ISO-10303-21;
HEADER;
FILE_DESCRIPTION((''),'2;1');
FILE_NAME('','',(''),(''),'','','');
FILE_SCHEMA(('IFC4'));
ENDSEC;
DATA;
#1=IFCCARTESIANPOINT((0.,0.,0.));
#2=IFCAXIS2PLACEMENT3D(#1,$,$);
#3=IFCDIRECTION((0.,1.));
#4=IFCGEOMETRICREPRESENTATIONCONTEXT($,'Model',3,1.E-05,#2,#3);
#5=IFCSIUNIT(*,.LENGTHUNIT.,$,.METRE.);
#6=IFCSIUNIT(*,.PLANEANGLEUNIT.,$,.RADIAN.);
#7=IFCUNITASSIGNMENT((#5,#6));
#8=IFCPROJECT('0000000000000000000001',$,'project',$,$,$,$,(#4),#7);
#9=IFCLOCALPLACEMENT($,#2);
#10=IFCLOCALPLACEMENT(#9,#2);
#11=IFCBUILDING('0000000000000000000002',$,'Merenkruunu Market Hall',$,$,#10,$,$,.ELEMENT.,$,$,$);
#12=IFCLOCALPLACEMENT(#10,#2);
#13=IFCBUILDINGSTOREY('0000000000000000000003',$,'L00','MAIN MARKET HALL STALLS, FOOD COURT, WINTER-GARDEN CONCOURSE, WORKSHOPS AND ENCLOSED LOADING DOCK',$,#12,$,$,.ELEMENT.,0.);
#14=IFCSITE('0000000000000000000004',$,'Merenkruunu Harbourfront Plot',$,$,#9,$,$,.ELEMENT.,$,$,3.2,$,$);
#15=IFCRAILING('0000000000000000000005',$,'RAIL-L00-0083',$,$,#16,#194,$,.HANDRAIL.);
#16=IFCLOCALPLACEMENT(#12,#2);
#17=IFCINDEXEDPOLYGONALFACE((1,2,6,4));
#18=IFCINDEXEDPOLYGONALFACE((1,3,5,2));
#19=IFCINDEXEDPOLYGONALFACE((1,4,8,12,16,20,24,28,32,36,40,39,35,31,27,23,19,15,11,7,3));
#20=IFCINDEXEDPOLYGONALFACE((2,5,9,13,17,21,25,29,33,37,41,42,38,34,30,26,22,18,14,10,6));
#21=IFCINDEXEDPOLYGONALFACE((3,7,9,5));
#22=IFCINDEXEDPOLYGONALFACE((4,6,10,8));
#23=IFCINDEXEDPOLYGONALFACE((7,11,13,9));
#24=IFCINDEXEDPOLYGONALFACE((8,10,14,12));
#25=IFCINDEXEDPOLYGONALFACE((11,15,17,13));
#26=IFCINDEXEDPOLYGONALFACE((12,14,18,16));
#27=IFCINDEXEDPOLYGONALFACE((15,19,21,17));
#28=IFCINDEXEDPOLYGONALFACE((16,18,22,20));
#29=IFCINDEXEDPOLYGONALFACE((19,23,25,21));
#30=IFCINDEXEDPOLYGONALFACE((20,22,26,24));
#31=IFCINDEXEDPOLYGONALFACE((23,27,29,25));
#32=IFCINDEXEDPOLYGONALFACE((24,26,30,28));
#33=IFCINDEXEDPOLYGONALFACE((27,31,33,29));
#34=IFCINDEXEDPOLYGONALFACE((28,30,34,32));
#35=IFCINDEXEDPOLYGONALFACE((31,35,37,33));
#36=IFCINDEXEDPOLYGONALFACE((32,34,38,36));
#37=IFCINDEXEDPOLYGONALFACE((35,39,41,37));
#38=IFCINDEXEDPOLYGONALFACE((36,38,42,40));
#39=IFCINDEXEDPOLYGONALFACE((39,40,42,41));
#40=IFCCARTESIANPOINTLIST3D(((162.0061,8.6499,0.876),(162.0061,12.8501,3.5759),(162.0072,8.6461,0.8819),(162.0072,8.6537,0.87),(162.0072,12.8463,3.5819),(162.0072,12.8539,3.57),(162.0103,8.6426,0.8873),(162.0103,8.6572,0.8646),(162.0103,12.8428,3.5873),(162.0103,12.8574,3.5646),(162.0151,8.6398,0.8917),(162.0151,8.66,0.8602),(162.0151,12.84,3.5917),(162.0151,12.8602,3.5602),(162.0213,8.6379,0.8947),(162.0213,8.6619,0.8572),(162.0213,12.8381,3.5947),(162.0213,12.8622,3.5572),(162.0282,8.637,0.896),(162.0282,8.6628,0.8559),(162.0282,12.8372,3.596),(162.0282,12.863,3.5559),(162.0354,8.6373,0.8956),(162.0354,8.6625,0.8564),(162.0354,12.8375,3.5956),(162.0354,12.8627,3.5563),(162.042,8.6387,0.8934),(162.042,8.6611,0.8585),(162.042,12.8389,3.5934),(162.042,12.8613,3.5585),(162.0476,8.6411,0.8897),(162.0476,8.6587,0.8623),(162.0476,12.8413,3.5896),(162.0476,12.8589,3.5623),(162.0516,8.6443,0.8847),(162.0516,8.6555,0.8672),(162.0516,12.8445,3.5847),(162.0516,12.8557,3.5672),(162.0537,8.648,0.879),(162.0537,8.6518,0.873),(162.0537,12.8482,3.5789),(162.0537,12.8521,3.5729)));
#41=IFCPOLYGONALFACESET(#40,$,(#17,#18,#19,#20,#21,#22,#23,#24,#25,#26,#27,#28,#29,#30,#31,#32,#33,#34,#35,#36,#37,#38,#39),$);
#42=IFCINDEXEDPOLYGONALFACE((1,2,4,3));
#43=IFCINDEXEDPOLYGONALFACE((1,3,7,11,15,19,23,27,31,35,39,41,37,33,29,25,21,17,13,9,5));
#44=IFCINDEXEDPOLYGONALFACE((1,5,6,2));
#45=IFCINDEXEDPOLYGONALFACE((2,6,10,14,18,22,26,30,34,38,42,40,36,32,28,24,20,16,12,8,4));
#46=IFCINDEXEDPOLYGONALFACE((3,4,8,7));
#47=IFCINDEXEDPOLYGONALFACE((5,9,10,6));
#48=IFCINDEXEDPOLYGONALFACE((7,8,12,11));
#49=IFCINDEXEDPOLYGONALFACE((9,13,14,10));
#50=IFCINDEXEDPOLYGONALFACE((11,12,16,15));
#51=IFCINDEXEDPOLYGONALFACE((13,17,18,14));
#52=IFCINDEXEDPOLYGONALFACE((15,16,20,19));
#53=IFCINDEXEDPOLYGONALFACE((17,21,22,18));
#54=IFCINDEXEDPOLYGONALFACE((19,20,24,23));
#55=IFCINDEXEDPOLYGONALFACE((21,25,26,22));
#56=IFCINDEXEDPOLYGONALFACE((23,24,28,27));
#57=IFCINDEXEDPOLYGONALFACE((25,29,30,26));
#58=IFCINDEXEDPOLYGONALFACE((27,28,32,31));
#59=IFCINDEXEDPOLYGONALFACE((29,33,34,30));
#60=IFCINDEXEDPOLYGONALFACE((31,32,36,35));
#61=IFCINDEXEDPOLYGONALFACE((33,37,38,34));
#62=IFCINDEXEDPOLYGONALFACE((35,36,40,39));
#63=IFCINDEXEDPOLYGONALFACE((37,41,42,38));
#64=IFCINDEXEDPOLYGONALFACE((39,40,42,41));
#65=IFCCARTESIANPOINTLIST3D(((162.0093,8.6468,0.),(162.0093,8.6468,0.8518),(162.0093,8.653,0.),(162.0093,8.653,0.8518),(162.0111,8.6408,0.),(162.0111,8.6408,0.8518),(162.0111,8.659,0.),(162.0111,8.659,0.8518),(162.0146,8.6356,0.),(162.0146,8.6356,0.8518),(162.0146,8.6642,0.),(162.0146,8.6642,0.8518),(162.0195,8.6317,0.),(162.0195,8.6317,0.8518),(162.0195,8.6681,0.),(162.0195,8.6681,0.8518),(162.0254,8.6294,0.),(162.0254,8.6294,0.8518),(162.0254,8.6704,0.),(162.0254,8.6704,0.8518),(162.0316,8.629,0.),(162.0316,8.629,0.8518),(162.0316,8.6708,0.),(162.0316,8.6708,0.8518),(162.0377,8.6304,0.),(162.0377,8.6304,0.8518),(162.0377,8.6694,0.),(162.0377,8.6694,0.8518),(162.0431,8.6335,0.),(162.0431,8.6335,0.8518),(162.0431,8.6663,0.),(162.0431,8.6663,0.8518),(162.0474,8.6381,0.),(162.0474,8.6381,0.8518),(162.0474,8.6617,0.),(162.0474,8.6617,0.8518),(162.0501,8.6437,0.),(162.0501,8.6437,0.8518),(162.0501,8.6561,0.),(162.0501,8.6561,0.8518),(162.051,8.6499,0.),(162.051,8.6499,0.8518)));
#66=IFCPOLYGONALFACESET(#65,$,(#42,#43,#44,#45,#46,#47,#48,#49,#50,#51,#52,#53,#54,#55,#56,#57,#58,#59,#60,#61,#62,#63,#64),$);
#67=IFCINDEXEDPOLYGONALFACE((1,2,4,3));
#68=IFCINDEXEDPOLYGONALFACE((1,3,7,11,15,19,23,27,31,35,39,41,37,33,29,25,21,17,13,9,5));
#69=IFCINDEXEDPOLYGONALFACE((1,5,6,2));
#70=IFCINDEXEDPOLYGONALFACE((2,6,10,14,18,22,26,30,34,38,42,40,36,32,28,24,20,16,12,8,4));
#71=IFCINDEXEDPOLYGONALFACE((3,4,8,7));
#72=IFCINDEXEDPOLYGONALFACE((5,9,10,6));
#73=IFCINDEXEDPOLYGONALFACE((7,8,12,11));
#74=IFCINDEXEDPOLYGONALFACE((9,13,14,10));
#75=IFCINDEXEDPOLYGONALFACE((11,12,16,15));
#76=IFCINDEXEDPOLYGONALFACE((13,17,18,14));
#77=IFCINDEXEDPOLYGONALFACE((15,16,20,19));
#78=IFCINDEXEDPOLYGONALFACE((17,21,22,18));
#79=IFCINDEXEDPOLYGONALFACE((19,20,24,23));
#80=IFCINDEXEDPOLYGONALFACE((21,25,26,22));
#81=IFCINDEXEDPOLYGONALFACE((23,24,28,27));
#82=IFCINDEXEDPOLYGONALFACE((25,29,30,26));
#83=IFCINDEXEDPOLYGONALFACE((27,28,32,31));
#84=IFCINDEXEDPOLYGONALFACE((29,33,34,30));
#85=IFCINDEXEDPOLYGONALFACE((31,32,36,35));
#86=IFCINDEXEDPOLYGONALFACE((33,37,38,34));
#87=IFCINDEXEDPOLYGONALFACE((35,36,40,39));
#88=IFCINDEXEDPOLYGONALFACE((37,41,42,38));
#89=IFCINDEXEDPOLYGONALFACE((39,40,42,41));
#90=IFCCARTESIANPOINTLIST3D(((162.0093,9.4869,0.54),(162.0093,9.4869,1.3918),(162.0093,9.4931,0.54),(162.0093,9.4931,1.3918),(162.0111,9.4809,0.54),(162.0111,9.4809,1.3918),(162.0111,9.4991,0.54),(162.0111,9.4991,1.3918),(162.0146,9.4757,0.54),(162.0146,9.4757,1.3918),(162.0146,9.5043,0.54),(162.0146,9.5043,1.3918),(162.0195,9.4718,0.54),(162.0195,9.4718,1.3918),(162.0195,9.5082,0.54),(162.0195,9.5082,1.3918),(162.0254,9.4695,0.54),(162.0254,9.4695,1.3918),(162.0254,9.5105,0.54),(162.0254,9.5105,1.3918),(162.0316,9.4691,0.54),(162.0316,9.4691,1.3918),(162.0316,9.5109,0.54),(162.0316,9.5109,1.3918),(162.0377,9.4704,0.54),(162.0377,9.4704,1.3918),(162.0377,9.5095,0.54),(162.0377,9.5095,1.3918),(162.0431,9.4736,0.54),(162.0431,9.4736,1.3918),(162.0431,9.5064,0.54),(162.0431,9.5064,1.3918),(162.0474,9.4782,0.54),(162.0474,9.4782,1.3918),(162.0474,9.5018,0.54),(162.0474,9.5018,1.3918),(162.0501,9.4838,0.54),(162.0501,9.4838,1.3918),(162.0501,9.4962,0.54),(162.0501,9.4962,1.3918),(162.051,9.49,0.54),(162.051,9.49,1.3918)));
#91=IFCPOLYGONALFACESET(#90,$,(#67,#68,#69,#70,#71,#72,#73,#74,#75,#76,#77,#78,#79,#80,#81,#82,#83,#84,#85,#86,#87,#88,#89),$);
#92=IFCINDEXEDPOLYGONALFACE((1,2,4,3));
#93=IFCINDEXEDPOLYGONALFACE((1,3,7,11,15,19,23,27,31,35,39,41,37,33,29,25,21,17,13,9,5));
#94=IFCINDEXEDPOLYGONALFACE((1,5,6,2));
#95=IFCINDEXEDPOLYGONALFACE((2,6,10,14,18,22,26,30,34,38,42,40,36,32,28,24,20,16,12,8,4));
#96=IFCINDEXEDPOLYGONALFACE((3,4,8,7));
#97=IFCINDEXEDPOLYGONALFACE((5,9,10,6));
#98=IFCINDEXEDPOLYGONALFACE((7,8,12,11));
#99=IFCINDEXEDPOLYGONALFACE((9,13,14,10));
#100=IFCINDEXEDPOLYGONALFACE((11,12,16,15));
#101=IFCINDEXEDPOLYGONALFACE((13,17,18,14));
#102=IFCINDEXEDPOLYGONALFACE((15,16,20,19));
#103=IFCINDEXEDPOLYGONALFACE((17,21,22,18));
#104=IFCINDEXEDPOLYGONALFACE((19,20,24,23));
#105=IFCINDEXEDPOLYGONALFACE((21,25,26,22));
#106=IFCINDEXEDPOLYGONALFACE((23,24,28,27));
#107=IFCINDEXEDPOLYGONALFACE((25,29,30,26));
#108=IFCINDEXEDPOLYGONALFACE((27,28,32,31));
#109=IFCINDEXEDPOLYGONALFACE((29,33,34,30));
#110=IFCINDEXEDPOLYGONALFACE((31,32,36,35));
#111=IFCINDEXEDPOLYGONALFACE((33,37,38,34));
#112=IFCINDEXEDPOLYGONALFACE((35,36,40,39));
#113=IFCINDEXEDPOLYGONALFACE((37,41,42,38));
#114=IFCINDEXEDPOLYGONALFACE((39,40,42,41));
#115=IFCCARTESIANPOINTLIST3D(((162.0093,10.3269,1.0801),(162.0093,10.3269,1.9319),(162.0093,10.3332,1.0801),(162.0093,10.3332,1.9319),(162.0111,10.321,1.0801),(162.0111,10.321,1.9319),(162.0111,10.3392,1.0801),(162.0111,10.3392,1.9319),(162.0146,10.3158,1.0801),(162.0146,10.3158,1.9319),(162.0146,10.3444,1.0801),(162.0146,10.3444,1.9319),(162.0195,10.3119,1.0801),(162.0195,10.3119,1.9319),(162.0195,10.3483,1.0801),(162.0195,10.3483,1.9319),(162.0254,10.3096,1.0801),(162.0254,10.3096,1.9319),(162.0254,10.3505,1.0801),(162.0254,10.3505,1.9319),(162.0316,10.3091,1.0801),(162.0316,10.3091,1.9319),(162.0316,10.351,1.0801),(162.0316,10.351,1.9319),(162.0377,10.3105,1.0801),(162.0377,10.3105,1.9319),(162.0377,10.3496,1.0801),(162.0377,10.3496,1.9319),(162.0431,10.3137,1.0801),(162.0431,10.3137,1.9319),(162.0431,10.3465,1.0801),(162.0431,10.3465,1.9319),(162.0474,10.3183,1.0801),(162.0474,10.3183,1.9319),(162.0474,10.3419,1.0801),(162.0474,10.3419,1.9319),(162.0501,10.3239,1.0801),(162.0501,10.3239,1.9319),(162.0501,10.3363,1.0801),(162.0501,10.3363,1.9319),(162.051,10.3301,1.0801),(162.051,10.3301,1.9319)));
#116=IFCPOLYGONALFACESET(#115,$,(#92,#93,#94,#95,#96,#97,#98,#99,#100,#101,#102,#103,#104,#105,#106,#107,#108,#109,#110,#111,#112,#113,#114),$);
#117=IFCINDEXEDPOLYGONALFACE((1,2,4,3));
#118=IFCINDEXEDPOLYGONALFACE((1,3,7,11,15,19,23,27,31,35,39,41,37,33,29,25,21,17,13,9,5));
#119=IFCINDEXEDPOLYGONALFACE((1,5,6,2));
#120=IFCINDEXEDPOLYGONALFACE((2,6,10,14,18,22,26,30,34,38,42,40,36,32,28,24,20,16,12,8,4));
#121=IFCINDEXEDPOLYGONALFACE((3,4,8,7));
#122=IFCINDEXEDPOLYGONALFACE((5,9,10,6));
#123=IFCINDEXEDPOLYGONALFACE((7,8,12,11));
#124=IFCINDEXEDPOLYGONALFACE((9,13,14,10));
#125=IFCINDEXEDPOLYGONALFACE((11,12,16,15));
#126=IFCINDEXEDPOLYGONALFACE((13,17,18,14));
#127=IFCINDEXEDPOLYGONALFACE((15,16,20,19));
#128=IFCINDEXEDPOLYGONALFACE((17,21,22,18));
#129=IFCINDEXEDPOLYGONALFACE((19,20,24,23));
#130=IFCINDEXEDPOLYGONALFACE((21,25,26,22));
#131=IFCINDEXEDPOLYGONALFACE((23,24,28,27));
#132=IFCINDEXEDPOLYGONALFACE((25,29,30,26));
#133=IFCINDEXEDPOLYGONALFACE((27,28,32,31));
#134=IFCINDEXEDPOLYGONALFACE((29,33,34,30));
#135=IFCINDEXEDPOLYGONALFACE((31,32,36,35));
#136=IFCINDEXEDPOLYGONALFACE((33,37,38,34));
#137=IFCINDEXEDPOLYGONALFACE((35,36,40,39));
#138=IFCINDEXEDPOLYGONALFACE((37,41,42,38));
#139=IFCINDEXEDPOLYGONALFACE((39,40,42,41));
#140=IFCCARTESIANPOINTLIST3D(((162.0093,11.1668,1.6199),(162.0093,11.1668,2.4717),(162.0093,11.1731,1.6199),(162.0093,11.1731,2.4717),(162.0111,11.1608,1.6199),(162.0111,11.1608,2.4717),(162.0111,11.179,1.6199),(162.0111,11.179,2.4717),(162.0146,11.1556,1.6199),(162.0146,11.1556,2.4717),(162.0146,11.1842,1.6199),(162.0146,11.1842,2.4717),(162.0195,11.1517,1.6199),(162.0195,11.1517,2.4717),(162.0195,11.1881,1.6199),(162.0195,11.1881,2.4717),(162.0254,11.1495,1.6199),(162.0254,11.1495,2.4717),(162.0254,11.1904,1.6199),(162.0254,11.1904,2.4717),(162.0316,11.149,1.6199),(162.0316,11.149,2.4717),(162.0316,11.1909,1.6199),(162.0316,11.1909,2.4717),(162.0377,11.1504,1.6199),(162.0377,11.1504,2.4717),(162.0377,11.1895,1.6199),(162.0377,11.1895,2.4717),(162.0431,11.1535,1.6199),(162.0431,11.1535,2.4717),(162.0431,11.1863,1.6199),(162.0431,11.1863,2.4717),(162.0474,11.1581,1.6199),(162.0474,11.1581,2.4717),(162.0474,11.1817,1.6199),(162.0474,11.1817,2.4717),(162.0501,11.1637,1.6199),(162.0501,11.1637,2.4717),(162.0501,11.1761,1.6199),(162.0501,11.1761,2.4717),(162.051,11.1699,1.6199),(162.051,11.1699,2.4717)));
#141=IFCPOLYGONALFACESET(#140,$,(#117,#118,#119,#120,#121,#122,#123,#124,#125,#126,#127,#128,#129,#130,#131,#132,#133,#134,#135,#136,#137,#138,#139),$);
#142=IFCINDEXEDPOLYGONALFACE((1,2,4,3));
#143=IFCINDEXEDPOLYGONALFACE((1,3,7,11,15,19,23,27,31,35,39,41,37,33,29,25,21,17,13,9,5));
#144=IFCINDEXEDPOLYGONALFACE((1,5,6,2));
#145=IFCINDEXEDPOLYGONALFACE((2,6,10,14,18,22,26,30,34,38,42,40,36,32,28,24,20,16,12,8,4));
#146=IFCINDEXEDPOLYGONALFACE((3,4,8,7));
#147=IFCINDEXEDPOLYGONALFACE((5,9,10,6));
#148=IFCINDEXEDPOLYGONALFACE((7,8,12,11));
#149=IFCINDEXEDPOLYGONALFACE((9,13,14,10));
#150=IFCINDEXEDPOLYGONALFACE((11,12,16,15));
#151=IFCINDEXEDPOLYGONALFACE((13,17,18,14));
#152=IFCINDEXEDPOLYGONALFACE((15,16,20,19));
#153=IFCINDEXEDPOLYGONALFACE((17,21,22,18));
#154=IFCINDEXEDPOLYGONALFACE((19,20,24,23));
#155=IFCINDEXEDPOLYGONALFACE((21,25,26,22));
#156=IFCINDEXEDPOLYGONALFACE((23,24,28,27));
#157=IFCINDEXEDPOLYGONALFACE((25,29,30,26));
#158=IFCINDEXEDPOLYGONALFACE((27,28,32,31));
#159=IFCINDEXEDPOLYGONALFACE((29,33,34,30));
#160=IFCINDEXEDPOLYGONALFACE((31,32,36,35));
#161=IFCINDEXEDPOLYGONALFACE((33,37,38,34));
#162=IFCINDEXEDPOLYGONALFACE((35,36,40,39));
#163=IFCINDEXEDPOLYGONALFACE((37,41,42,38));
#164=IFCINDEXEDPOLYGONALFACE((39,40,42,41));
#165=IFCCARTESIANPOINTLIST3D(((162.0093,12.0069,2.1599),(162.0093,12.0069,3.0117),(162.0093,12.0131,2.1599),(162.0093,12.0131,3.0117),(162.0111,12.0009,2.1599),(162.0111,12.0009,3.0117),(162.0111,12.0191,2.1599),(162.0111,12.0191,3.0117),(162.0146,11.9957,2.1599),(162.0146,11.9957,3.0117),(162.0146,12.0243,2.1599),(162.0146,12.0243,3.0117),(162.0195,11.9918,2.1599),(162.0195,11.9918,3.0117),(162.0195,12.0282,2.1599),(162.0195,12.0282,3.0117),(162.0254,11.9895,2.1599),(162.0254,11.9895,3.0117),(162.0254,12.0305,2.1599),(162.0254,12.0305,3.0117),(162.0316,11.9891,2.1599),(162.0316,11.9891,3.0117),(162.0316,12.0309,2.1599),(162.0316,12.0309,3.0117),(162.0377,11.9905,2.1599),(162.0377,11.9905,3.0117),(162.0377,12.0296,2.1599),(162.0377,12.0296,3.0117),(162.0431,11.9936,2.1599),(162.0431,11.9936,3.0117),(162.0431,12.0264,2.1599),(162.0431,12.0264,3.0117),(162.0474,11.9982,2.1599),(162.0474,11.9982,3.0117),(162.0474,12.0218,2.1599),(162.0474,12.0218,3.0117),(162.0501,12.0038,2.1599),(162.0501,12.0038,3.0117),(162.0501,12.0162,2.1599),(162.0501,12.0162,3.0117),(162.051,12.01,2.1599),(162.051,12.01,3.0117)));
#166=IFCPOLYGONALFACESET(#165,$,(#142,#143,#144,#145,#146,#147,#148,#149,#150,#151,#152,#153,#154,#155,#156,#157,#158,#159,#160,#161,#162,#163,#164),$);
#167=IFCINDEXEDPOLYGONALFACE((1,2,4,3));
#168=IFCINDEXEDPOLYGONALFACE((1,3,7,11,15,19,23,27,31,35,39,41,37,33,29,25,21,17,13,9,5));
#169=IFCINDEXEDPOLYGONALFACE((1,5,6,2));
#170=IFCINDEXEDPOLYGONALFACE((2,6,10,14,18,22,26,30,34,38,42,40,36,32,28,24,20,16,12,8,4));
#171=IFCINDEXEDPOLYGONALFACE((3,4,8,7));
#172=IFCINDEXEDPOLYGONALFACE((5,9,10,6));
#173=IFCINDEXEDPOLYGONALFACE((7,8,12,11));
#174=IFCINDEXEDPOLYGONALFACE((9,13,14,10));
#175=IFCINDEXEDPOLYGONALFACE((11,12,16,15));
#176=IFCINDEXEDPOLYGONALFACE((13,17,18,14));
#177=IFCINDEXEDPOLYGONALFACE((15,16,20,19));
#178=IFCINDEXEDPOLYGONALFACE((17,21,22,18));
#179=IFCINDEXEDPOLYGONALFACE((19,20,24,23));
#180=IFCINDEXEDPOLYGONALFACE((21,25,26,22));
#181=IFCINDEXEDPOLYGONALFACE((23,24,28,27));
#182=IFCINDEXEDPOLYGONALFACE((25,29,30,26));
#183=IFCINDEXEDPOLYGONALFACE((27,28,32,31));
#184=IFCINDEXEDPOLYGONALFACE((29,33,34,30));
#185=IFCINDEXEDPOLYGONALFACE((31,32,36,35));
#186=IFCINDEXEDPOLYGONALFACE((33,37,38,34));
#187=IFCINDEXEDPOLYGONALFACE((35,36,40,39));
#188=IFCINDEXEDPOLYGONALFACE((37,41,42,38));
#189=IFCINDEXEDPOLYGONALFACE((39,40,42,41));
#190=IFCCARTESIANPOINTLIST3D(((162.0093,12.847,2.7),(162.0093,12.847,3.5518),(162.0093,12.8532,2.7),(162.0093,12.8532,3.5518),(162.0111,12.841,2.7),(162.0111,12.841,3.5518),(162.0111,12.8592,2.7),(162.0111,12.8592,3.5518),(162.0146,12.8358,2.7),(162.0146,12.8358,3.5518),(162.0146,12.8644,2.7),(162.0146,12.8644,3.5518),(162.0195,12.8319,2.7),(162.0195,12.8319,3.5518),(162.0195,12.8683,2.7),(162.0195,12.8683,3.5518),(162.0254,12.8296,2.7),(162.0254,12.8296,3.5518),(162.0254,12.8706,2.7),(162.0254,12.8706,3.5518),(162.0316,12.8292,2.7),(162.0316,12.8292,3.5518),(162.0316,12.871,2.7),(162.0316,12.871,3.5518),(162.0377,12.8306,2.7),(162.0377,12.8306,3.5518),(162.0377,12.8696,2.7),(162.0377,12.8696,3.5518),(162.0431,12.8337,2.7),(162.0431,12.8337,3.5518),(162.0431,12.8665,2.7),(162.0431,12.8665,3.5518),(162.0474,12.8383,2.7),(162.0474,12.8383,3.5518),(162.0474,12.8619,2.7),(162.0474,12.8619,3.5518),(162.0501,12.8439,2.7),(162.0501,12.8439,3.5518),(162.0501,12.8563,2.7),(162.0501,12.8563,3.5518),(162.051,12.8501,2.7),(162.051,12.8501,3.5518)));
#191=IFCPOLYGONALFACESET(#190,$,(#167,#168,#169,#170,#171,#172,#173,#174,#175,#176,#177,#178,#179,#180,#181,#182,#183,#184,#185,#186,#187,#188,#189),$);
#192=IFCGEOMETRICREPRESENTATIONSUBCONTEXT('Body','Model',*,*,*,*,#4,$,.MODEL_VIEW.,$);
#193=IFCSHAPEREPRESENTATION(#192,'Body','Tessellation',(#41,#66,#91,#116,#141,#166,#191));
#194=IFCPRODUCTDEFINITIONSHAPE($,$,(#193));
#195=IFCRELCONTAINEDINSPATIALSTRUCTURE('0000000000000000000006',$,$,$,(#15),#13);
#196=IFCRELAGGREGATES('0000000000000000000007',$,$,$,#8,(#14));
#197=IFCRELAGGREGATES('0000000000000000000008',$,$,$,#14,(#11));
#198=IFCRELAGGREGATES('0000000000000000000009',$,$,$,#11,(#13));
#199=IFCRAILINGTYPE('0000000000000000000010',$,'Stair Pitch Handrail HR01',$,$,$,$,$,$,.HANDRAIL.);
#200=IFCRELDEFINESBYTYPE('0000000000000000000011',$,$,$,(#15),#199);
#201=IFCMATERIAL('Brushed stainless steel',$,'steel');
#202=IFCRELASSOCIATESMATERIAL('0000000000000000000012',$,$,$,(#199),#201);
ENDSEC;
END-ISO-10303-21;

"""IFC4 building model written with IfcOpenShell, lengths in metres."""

from ifc_helpers import new_model, si_unit, direction, frame, origin, origin_2d, place, context, subcontext, project, spatial, circle, extrude, material, type_object, element, save


model = new_model("IFC4")

# Units and contexts
model_context = context("Model", 3, precision=1e-05, world=origin(), true_north=direction((0.0, 1.0)))
body_context = subcontext(model_context, "Body", "Model", "MODEL_VIEW")
ifc_project = project(units=[si_unit("LENGTHUNIT", "METRE"), si_unit("PLANEANGLEUNIT", "RADIAN")], contexts=[model_context])

# Site, building, storey
site_placement = place(None, origin())
site = spatial("IfcSite", under=ifc_project, at=site_placement, Name="Merenkruunu Harbourfront Plot", CompositionType="ELEMENT", RefElevation=3.2)
building_placement = place(site_placement, origin())
building = spatial("IfcBuilding", under=site, at=building_placement, Name="Merenkruunu Market Hall", CompositionType="ELEMENT")
storey_placement = place(building_placement, origin())
storey = spatial("IfcBuildingStorey", under=building, at=storey_placement, Name="L00", Description="MAIN MARKET HALL STALLS, FOOD COURT, WINTER-GARDEN CONCOURSE, WORKSHOPS AND ENCLOSED LOADING DOCK", CompositionType="ELEMENT", Elevation=0.0)

# Railing
ifc_material_1 = material(Name="Brushed stainless steel", Category="steel")
railing_type_1 = type_object("IfcRailingType", Name="Stair Pitch Handrail HR01", PredefinedType="HANDRAIL", material=ifc_material_1)
railing_1_placement = place(storey_placement, frame((162.03, 8.6499, 0.0)))
element("IfcRailing", 1, at=railing_1_placement, inside=storey, type_object=railing_type_1, Name="RAIL-L00-0083", PredefinedType="HANDRAIL", context=body_context, shape_type="SweptSolid", body=[
    extrude(circle(Radius=0.0239, at=origin_2d()), frame((0.0, 0.0, 0.876), z_axis=(0.0, 0.841194, 0.540733), x_axis=(-1.0, 0.0, 0.0)), (0.0, 0.0, 1.0), 4.9932),
    extrude(circle(Radius=0.021, at=origin_2d()), origin(), (0.0, 0.0, 1.0), 0.8518),
    extrude(circle(Radius=0.021, at=origin_2d()), frame((0.0, 0.8401, 0.54)), (0.0, 0.0, 1.0), 0.8518),
    extrude(circle(Radius=0.021, at=origin_2d()), frame((0.0, 1.6802, 1.0801)), (0.0, 0.0, 1.0), 0.8518),
    extrude(circle(Radius=0.021, at=origin_2d()), frame((0.0, 2.52, 1.6199)), (0.0, 0.0, 1.0), 0.8518),
    extrude(circle(Radius=0.021, at=origin_2d()), frame((0.0, 3.3601, 2.1599)), (0.0, 0.0, 1.0), 0.8518),
    extrude(circle(Radius=0.021, at=origin_2d()), frame((0.0, 4.2002, 2.7)), (0.0, 0.0, 1.0), 0.8518),
])

save(model, "model.ifc")
